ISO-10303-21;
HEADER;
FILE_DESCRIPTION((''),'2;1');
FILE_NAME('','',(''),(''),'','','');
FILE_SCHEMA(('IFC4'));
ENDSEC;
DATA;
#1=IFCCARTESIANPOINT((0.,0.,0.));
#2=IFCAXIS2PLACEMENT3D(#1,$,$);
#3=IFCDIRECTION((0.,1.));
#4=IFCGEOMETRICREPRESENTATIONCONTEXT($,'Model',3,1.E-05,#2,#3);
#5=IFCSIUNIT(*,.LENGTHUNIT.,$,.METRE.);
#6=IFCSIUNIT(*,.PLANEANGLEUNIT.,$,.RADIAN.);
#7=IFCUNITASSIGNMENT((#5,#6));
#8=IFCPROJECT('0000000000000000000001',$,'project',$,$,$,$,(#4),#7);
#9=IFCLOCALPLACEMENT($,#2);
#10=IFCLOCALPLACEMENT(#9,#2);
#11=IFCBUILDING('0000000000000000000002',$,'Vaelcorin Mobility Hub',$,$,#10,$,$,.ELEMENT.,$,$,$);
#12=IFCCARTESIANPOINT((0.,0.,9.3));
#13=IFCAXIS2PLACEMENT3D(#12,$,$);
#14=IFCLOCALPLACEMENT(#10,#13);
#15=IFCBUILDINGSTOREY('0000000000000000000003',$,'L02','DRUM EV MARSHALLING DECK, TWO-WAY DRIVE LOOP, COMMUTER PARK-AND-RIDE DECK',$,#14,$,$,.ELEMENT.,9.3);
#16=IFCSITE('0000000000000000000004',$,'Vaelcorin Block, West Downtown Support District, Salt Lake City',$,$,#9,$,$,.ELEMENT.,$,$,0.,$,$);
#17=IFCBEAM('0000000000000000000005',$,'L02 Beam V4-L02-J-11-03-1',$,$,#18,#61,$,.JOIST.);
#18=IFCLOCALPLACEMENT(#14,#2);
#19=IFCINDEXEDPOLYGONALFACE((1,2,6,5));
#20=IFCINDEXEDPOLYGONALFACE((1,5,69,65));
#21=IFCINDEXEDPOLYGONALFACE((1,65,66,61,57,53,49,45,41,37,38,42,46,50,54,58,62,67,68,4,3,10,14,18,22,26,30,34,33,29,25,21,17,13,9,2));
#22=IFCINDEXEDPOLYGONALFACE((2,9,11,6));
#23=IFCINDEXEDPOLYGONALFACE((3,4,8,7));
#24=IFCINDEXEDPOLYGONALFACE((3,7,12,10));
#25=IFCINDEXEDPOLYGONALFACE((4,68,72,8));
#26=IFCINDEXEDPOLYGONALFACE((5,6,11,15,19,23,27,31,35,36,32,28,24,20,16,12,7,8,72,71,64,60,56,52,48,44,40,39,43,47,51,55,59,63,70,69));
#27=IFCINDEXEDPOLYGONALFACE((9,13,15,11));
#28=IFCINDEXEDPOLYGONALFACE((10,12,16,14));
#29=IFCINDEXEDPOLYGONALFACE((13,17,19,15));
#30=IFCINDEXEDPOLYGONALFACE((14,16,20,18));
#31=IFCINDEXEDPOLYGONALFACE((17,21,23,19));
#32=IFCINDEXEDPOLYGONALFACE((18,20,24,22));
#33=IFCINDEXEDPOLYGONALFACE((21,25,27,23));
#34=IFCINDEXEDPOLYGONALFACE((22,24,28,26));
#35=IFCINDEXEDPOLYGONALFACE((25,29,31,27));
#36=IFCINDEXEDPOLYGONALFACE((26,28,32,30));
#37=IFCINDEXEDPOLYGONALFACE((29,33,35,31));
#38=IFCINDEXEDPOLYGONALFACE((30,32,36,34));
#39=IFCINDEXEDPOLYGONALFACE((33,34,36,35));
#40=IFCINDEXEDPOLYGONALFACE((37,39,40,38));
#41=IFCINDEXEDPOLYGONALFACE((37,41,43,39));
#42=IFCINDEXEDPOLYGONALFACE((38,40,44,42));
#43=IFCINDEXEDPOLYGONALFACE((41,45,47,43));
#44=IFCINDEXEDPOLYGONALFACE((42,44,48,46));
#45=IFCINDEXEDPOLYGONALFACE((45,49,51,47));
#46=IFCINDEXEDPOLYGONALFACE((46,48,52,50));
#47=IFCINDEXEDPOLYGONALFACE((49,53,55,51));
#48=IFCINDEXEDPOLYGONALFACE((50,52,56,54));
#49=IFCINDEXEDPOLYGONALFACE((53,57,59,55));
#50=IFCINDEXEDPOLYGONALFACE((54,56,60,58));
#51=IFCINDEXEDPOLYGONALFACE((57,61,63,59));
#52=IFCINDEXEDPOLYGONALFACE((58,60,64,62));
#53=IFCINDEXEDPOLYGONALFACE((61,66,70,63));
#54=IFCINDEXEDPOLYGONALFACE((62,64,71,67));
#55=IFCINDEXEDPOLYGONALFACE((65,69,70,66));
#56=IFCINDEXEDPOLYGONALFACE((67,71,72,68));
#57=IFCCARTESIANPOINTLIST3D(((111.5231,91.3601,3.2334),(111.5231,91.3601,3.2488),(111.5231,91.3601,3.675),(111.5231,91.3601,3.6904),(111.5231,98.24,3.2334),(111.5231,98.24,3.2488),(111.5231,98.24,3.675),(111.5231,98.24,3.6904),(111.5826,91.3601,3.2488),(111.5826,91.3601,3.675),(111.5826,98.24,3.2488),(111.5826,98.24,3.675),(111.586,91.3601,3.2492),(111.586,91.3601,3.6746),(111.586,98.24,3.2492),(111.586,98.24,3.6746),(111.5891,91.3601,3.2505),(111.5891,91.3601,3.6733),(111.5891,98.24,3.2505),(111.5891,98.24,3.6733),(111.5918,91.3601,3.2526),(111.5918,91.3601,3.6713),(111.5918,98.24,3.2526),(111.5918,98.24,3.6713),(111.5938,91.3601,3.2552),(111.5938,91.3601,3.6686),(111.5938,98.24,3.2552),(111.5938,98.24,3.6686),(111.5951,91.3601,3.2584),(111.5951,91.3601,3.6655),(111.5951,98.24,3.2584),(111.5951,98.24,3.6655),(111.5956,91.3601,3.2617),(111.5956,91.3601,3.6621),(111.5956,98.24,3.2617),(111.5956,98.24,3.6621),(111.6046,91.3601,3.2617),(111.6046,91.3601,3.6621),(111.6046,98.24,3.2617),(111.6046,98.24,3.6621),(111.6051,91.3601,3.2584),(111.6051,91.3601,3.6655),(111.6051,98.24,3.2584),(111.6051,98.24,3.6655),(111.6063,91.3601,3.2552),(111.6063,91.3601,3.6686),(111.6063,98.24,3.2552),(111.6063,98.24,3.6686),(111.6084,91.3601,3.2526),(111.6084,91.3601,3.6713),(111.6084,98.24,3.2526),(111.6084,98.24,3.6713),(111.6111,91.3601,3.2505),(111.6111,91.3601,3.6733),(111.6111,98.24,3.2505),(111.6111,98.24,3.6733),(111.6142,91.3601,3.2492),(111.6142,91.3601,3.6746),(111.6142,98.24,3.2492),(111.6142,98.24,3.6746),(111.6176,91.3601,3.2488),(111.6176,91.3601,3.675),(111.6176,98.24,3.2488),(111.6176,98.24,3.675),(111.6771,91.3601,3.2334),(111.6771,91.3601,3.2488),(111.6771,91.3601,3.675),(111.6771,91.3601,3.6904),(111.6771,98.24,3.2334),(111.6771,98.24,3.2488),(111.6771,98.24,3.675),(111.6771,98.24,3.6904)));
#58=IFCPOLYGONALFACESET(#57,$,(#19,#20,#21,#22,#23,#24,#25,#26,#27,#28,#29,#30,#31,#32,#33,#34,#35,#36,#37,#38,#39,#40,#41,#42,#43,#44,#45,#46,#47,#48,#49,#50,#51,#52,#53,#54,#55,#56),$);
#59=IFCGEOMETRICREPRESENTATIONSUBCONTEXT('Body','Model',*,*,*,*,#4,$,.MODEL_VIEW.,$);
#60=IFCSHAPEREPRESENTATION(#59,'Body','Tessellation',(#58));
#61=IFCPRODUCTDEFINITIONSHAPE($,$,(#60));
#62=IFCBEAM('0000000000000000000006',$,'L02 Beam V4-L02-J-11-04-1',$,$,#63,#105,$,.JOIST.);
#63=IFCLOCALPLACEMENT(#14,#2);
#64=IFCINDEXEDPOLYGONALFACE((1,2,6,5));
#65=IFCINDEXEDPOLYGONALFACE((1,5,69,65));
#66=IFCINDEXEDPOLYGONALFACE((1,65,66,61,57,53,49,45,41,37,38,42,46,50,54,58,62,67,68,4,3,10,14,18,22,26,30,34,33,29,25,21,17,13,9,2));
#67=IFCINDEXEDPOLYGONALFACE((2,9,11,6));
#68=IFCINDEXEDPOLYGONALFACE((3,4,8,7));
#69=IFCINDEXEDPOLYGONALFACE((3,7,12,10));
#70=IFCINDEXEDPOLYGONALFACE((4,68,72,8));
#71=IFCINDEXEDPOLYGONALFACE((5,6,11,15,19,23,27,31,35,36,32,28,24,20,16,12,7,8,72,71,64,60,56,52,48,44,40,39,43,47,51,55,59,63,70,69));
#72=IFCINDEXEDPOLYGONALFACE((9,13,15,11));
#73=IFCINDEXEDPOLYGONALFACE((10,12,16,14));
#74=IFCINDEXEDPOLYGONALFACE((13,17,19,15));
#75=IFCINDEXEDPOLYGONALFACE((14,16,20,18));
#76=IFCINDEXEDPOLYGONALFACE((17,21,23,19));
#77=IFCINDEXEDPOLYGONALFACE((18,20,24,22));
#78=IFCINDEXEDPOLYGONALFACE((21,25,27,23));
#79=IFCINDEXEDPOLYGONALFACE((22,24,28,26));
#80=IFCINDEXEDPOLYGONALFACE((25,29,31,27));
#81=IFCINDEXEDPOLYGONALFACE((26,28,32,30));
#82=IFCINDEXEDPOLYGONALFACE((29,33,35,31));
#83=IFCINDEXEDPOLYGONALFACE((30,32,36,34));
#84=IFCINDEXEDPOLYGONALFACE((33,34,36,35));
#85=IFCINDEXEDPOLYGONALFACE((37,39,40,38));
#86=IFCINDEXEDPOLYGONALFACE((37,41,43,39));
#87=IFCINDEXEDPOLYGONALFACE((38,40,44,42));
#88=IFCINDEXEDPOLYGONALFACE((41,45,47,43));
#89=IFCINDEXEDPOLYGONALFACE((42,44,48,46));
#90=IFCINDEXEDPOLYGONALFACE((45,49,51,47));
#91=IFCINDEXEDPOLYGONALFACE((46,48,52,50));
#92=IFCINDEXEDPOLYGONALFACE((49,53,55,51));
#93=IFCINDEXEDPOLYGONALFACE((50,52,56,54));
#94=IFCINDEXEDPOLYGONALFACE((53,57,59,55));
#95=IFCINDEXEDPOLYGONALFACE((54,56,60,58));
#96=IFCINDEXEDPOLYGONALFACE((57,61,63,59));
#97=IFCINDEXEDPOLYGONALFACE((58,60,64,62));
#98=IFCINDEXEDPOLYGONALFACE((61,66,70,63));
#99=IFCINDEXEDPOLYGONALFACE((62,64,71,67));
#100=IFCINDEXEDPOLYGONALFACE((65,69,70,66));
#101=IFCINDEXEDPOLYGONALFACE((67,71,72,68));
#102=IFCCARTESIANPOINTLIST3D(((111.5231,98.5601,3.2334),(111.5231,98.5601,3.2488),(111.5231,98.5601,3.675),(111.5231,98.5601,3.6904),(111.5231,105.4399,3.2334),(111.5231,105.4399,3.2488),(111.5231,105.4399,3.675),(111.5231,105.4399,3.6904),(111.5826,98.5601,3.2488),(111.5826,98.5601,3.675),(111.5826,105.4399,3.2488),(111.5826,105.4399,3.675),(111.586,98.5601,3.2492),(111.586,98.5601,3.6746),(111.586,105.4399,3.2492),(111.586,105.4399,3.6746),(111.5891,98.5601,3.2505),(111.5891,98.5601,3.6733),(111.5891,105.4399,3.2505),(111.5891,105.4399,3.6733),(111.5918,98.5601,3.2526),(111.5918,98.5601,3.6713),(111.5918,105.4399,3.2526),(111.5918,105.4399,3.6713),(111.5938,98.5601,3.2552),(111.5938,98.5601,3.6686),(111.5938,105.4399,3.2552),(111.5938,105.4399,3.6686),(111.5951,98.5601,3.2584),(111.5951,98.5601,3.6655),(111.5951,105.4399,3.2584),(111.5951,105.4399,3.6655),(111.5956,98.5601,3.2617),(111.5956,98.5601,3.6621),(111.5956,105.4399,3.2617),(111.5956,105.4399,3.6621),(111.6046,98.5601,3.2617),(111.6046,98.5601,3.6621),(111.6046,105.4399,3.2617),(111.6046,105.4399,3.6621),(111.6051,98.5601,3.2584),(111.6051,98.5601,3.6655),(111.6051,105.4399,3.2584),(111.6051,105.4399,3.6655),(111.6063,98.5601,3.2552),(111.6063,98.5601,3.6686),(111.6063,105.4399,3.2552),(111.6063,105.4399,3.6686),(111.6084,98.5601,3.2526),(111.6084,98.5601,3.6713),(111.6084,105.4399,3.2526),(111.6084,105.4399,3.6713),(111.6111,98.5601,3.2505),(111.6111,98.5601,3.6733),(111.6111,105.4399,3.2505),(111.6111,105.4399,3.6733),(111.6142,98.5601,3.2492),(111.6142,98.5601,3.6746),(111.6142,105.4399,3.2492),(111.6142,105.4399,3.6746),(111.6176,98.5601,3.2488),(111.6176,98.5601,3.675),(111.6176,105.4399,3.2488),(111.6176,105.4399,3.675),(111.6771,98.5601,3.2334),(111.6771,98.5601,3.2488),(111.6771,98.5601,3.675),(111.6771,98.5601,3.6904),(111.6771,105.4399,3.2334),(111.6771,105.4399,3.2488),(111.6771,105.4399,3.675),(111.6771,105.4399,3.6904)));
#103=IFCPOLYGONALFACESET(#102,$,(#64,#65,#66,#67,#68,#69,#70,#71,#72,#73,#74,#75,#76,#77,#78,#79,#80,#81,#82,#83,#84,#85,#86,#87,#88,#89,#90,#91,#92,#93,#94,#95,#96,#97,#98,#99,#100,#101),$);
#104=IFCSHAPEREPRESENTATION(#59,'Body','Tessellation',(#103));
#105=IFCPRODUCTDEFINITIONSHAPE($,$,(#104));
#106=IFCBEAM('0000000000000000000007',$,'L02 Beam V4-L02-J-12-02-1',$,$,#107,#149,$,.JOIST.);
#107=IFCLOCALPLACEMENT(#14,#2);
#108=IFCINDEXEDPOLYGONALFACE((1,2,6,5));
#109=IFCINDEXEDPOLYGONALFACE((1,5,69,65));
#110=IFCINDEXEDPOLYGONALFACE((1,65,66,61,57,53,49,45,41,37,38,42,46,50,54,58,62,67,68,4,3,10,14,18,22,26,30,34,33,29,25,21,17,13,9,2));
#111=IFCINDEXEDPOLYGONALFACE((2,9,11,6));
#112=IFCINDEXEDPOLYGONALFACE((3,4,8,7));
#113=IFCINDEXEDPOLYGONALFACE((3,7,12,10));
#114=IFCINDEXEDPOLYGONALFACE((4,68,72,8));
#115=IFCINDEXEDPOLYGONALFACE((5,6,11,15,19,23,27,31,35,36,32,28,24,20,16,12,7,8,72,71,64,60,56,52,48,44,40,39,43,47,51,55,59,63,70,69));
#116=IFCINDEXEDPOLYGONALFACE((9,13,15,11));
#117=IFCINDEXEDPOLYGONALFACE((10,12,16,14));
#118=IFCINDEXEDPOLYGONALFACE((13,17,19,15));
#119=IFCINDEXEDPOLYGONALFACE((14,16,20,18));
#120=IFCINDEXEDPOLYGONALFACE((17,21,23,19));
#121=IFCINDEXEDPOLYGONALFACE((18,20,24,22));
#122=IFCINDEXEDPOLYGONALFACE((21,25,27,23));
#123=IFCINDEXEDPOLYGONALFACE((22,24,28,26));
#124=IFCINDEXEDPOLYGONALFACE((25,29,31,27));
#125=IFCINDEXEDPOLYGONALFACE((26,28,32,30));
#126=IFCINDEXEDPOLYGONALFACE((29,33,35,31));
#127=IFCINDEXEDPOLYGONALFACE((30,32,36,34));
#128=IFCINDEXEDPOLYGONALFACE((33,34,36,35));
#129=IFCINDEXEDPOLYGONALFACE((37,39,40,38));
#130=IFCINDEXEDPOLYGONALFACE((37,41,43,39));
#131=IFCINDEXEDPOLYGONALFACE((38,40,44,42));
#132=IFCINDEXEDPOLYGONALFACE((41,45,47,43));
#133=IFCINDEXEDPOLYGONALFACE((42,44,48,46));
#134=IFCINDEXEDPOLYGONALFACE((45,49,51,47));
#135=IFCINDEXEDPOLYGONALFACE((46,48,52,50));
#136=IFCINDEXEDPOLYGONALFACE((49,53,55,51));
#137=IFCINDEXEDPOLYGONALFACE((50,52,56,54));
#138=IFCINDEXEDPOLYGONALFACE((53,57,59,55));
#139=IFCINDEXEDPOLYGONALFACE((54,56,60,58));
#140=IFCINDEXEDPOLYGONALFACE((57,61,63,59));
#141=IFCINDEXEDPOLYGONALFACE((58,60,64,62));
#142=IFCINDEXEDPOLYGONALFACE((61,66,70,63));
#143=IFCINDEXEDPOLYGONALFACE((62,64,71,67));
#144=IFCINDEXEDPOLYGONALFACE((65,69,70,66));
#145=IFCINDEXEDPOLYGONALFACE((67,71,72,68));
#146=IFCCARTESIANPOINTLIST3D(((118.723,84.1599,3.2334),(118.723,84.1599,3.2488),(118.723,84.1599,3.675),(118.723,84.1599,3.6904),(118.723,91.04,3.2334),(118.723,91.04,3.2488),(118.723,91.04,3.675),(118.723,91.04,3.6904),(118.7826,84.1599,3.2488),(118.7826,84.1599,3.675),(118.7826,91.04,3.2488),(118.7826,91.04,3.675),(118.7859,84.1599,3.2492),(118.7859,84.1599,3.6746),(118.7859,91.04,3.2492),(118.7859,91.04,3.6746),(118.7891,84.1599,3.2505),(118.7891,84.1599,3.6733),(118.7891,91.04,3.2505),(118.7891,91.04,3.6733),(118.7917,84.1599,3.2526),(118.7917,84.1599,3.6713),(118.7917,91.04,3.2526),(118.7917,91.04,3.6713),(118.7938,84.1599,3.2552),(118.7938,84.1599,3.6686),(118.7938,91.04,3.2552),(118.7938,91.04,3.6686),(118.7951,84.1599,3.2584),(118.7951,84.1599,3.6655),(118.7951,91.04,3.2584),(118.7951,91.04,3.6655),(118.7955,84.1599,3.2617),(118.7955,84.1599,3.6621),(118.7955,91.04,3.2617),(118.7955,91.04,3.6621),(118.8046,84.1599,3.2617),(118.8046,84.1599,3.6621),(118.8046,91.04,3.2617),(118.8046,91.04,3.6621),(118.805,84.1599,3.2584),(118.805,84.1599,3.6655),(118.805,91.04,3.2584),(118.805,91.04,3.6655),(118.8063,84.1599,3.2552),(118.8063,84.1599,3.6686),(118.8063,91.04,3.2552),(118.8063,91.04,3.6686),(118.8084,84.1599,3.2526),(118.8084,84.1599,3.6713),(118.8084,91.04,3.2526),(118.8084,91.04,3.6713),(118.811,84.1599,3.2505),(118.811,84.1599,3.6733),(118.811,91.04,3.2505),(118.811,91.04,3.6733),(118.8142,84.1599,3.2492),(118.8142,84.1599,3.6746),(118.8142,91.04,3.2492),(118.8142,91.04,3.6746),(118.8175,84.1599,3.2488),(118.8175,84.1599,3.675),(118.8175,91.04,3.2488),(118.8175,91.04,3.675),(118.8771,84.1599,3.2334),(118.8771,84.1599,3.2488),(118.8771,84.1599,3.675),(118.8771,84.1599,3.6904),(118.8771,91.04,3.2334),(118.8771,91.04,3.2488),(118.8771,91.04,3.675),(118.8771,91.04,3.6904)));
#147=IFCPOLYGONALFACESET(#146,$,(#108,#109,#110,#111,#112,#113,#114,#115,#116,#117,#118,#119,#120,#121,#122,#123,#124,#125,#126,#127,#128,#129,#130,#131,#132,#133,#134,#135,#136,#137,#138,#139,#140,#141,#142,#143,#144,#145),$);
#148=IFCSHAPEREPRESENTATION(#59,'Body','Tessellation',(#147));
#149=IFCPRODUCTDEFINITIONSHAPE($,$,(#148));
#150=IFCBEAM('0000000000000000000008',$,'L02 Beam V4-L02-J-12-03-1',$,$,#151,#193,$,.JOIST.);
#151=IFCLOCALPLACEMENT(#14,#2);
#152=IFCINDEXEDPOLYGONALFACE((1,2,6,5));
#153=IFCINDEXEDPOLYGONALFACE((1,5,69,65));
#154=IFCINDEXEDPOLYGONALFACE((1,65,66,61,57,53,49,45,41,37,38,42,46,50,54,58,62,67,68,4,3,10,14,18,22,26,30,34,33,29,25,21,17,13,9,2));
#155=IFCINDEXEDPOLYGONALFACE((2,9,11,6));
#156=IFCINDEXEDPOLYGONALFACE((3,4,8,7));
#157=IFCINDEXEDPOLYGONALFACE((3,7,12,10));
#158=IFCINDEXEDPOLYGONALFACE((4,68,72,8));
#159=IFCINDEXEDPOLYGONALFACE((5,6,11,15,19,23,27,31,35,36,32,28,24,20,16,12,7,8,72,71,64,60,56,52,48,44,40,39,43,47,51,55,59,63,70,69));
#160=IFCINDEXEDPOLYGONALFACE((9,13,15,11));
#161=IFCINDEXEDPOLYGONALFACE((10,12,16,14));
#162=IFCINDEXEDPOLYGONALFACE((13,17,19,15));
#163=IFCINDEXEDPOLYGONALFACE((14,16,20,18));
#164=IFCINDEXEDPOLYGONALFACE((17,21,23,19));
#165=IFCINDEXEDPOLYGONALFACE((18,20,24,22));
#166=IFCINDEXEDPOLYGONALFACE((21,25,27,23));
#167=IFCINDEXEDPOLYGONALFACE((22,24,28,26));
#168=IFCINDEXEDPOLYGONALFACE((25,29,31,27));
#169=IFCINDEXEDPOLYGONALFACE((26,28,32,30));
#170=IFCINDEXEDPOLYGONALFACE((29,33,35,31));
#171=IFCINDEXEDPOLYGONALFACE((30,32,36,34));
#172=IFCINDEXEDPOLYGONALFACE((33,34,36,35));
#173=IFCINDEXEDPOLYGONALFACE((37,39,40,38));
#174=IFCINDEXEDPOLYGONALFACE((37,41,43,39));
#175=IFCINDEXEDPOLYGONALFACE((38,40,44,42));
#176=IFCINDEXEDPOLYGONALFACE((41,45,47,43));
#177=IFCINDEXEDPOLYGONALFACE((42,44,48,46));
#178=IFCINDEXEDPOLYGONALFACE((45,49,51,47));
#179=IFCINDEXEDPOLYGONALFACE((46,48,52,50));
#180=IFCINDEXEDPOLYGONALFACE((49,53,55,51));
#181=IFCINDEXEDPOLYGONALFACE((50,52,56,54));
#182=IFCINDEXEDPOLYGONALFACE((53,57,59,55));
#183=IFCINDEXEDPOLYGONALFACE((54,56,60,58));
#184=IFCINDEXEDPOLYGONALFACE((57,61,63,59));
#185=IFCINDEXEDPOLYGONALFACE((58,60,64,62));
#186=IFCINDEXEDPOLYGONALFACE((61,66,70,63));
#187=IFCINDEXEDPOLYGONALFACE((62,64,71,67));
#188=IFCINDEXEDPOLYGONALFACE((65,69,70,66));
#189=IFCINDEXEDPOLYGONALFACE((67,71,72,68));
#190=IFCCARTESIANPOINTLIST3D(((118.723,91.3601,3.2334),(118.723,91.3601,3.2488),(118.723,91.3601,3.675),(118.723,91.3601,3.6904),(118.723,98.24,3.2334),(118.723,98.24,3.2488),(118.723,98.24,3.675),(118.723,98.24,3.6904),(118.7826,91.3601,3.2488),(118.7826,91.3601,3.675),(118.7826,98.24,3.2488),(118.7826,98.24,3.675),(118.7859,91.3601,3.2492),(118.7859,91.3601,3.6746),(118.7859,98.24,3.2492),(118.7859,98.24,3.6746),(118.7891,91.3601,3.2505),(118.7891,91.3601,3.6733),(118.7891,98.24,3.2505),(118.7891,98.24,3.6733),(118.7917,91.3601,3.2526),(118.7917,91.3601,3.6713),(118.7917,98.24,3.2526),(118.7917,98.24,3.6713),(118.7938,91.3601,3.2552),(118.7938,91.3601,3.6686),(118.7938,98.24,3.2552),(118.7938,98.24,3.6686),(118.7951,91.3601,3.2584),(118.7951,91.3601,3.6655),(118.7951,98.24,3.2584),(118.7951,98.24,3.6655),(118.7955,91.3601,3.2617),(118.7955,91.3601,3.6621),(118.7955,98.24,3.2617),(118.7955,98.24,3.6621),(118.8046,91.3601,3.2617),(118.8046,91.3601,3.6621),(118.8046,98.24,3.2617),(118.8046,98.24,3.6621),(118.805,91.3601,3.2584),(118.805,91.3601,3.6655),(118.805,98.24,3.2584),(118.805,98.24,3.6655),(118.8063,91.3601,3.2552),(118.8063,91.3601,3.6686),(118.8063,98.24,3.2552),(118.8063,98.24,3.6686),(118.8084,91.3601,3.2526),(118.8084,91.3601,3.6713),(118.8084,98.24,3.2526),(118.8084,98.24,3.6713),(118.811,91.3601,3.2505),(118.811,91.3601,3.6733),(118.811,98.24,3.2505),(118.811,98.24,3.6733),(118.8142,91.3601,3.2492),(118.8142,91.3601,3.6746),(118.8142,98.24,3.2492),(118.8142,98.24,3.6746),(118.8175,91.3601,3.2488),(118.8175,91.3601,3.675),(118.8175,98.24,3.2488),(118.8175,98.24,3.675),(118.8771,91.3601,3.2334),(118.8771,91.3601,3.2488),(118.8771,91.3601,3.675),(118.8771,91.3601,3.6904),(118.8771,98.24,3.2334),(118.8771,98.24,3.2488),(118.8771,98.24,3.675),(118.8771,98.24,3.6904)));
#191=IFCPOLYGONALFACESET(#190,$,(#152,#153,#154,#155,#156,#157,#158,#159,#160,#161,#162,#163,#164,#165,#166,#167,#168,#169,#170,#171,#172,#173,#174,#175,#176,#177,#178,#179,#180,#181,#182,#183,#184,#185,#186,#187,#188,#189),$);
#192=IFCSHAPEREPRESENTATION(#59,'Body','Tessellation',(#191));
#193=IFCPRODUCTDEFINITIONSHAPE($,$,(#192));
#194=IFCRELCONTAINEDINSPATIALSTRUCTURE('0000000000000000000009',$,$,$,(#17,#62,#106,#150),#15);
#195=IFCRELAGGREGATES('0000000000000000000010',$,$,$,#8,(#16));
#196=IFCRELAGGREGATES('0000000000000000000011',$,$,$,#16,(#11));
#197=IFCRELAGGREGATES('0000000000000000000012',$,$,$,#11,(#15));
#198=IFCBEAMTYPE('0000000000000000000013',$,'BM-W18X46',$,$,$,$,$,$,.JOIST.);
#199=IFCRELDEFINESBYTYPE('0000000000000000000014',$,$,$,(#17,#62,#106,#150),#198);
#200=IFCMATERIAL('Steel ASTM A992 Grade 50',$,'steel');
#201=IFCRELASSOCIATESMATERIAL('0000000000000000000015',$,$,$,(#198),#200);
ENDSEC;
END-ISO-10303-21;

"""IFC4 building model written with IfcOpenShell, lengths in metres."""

from ifc_helpers import new_model, si_unit, direction, frame, origin, origin_2d, place, context, subcontext, project, spatial, i_section, extrude, material, material_profile, profile_set, type_object, element, save


model = new_model("IFC4")

# Units and contexts
model_context = context("Model", 3, precision=1e-05, world=origin(), true_north=direction((0.0, 1.0)))
body_context = subcontext(model_context, "Body", "Model", "MODEL_VIEW")
ifc_project = project(units=[si_unit("LENGTHUNIT", "METRE"), si_unit("PLANEANGLEUNIT", "RADIAN")], contexts=[model_context])

# Site, building, storey
site_placement = place(None, origin())
site = spatial("IfcSite", under=ifc_project, at=site_placement, Name="Vaelcorin Block, West Downtown Support District, Salt Lake City", CompositionType="ELEMENT", RefElevation=0.0)
building_placement = place(site_placement, origin())
building = spatial("IfcBuilding", under=site, at=building_placement, Name="Vaelcorin Mobility Hub", CompositionType="ELEMENT")
storey_placement = place(building_placement, frame((0.0, 0.0, 9.3)))
storey = spatial("IfcBuildingStorey", under=building, at=storey_placement, Name="L02", Description="DRUM EV MARSHALLING DECK, TWO-WAY DRIVE LOOP, COMMUTER PARK-AND-RIDE DECK", CompositionType="ELEMENT", Elevation=9.3)

# Shared definitions
ifc_material_1 = material(Name="Steel ASTM A992 Grade 50", Category="steel")

# Beams
ifc_material_profile_1 = material_profile(ifc_material_1, i_section(OverallWidth=0.1541, OverallDepth=0.457, WebThickness=0.009, FlangeThickness=0.0154, FilletRadius=0.0129, at=origin_2d()), Name="W18X46")
ifc_profile_set_1 = profile_set([ifc_material_profile_1], Name="Steel ASTM A992 Grade 50")
beam_type_1 = type_object("IfcBeamType", Name="BM-W18X46", PredefinedType="JOIST", material=ifc_profile_set_1)
for number, where, z_axis, x_axis, name in (
    (1, (111.6001, 91.3601, 3.4619), (0.0, 1.0, 0.0), (-1.0, 0.0, 0.0), "L02 Beam V4-L02-J-11-03-1"),
    (2, (111.6001, 98.5601, 3.4619), (0.0, 1.0, 0.0), (-1.0, 0.0, 0.0), "L02 Beam V4-L02-J-11-04-1"),
):
    element("IfcBeam", number, at=place(storey_placement, frame(where, z_axis=z_axis, x_axis=x_axis)), inside=storey, type_object=beam_type_1, Name=name, PredefinedType="JOIST", context=body_context, shape_type="SweptSolid", body=[
        extrude(i_section(OverallWidth=0.1541, OverallDepth=0.457, WebThickness=0.009, FlangeThickness=0.0154, FilletRadius=0.0129, at=origin_2d()), origin(), (0.0, 0.0, 1.0), 6.8799),
    ])
beam_1_placement = place(storey_placement, frame((118.8, 84.1599, 3.4619), z_axis=(0.0, 1.0, 0.0), x_axis=(-1.0, 0.0, 0.0)))
element("IfcBeam", 3, at=beam_1_placement, inside=storey, type_object=beam_type_1, Name="L02 Beam V4-L02-J-12-02-1", PredefinedType="JOIST", context=body_context, shape_type="SweptSolid", body=[
    extrude(i_section(OverallWidth=0.1541, OverallDepth=0.457, WebThickness=0.009, FlangeThickness=0.0154, FilletRadius=0.0129, at=origin_2d()), origin(), (0.0, 0.0, 1.0), 6.8801),
])
for number, where, z_axis, x_axis, name in (
    (4, (118.8, 91.3601, 3.4619), (0.0, 1.0, 0.0), (-1.0, 0.0, 0.0), "L02 Beam V4-L02-J-12-03-1"),
):
    element("IfcBeam", number, at=place(storey_placement, frame(where, z_axis=z_axis, x_axis=x_axis)), inside=storey, type_object=beam_type_1, Name=name, PredefinedType="JOIST", context=body_context, shape_type="SweptSolid", body=[
        extrude(i_section(OverallWidth=0.1541, OverallDepth=0.457, WebThickness=0.009, FlangeThickness=0.0154, FilletRadius=0.0129, at=origin_2d()), origin(), (0.0, 0.0, 1.0), 6.8799),
    ])

save(model, "model.ifc")
